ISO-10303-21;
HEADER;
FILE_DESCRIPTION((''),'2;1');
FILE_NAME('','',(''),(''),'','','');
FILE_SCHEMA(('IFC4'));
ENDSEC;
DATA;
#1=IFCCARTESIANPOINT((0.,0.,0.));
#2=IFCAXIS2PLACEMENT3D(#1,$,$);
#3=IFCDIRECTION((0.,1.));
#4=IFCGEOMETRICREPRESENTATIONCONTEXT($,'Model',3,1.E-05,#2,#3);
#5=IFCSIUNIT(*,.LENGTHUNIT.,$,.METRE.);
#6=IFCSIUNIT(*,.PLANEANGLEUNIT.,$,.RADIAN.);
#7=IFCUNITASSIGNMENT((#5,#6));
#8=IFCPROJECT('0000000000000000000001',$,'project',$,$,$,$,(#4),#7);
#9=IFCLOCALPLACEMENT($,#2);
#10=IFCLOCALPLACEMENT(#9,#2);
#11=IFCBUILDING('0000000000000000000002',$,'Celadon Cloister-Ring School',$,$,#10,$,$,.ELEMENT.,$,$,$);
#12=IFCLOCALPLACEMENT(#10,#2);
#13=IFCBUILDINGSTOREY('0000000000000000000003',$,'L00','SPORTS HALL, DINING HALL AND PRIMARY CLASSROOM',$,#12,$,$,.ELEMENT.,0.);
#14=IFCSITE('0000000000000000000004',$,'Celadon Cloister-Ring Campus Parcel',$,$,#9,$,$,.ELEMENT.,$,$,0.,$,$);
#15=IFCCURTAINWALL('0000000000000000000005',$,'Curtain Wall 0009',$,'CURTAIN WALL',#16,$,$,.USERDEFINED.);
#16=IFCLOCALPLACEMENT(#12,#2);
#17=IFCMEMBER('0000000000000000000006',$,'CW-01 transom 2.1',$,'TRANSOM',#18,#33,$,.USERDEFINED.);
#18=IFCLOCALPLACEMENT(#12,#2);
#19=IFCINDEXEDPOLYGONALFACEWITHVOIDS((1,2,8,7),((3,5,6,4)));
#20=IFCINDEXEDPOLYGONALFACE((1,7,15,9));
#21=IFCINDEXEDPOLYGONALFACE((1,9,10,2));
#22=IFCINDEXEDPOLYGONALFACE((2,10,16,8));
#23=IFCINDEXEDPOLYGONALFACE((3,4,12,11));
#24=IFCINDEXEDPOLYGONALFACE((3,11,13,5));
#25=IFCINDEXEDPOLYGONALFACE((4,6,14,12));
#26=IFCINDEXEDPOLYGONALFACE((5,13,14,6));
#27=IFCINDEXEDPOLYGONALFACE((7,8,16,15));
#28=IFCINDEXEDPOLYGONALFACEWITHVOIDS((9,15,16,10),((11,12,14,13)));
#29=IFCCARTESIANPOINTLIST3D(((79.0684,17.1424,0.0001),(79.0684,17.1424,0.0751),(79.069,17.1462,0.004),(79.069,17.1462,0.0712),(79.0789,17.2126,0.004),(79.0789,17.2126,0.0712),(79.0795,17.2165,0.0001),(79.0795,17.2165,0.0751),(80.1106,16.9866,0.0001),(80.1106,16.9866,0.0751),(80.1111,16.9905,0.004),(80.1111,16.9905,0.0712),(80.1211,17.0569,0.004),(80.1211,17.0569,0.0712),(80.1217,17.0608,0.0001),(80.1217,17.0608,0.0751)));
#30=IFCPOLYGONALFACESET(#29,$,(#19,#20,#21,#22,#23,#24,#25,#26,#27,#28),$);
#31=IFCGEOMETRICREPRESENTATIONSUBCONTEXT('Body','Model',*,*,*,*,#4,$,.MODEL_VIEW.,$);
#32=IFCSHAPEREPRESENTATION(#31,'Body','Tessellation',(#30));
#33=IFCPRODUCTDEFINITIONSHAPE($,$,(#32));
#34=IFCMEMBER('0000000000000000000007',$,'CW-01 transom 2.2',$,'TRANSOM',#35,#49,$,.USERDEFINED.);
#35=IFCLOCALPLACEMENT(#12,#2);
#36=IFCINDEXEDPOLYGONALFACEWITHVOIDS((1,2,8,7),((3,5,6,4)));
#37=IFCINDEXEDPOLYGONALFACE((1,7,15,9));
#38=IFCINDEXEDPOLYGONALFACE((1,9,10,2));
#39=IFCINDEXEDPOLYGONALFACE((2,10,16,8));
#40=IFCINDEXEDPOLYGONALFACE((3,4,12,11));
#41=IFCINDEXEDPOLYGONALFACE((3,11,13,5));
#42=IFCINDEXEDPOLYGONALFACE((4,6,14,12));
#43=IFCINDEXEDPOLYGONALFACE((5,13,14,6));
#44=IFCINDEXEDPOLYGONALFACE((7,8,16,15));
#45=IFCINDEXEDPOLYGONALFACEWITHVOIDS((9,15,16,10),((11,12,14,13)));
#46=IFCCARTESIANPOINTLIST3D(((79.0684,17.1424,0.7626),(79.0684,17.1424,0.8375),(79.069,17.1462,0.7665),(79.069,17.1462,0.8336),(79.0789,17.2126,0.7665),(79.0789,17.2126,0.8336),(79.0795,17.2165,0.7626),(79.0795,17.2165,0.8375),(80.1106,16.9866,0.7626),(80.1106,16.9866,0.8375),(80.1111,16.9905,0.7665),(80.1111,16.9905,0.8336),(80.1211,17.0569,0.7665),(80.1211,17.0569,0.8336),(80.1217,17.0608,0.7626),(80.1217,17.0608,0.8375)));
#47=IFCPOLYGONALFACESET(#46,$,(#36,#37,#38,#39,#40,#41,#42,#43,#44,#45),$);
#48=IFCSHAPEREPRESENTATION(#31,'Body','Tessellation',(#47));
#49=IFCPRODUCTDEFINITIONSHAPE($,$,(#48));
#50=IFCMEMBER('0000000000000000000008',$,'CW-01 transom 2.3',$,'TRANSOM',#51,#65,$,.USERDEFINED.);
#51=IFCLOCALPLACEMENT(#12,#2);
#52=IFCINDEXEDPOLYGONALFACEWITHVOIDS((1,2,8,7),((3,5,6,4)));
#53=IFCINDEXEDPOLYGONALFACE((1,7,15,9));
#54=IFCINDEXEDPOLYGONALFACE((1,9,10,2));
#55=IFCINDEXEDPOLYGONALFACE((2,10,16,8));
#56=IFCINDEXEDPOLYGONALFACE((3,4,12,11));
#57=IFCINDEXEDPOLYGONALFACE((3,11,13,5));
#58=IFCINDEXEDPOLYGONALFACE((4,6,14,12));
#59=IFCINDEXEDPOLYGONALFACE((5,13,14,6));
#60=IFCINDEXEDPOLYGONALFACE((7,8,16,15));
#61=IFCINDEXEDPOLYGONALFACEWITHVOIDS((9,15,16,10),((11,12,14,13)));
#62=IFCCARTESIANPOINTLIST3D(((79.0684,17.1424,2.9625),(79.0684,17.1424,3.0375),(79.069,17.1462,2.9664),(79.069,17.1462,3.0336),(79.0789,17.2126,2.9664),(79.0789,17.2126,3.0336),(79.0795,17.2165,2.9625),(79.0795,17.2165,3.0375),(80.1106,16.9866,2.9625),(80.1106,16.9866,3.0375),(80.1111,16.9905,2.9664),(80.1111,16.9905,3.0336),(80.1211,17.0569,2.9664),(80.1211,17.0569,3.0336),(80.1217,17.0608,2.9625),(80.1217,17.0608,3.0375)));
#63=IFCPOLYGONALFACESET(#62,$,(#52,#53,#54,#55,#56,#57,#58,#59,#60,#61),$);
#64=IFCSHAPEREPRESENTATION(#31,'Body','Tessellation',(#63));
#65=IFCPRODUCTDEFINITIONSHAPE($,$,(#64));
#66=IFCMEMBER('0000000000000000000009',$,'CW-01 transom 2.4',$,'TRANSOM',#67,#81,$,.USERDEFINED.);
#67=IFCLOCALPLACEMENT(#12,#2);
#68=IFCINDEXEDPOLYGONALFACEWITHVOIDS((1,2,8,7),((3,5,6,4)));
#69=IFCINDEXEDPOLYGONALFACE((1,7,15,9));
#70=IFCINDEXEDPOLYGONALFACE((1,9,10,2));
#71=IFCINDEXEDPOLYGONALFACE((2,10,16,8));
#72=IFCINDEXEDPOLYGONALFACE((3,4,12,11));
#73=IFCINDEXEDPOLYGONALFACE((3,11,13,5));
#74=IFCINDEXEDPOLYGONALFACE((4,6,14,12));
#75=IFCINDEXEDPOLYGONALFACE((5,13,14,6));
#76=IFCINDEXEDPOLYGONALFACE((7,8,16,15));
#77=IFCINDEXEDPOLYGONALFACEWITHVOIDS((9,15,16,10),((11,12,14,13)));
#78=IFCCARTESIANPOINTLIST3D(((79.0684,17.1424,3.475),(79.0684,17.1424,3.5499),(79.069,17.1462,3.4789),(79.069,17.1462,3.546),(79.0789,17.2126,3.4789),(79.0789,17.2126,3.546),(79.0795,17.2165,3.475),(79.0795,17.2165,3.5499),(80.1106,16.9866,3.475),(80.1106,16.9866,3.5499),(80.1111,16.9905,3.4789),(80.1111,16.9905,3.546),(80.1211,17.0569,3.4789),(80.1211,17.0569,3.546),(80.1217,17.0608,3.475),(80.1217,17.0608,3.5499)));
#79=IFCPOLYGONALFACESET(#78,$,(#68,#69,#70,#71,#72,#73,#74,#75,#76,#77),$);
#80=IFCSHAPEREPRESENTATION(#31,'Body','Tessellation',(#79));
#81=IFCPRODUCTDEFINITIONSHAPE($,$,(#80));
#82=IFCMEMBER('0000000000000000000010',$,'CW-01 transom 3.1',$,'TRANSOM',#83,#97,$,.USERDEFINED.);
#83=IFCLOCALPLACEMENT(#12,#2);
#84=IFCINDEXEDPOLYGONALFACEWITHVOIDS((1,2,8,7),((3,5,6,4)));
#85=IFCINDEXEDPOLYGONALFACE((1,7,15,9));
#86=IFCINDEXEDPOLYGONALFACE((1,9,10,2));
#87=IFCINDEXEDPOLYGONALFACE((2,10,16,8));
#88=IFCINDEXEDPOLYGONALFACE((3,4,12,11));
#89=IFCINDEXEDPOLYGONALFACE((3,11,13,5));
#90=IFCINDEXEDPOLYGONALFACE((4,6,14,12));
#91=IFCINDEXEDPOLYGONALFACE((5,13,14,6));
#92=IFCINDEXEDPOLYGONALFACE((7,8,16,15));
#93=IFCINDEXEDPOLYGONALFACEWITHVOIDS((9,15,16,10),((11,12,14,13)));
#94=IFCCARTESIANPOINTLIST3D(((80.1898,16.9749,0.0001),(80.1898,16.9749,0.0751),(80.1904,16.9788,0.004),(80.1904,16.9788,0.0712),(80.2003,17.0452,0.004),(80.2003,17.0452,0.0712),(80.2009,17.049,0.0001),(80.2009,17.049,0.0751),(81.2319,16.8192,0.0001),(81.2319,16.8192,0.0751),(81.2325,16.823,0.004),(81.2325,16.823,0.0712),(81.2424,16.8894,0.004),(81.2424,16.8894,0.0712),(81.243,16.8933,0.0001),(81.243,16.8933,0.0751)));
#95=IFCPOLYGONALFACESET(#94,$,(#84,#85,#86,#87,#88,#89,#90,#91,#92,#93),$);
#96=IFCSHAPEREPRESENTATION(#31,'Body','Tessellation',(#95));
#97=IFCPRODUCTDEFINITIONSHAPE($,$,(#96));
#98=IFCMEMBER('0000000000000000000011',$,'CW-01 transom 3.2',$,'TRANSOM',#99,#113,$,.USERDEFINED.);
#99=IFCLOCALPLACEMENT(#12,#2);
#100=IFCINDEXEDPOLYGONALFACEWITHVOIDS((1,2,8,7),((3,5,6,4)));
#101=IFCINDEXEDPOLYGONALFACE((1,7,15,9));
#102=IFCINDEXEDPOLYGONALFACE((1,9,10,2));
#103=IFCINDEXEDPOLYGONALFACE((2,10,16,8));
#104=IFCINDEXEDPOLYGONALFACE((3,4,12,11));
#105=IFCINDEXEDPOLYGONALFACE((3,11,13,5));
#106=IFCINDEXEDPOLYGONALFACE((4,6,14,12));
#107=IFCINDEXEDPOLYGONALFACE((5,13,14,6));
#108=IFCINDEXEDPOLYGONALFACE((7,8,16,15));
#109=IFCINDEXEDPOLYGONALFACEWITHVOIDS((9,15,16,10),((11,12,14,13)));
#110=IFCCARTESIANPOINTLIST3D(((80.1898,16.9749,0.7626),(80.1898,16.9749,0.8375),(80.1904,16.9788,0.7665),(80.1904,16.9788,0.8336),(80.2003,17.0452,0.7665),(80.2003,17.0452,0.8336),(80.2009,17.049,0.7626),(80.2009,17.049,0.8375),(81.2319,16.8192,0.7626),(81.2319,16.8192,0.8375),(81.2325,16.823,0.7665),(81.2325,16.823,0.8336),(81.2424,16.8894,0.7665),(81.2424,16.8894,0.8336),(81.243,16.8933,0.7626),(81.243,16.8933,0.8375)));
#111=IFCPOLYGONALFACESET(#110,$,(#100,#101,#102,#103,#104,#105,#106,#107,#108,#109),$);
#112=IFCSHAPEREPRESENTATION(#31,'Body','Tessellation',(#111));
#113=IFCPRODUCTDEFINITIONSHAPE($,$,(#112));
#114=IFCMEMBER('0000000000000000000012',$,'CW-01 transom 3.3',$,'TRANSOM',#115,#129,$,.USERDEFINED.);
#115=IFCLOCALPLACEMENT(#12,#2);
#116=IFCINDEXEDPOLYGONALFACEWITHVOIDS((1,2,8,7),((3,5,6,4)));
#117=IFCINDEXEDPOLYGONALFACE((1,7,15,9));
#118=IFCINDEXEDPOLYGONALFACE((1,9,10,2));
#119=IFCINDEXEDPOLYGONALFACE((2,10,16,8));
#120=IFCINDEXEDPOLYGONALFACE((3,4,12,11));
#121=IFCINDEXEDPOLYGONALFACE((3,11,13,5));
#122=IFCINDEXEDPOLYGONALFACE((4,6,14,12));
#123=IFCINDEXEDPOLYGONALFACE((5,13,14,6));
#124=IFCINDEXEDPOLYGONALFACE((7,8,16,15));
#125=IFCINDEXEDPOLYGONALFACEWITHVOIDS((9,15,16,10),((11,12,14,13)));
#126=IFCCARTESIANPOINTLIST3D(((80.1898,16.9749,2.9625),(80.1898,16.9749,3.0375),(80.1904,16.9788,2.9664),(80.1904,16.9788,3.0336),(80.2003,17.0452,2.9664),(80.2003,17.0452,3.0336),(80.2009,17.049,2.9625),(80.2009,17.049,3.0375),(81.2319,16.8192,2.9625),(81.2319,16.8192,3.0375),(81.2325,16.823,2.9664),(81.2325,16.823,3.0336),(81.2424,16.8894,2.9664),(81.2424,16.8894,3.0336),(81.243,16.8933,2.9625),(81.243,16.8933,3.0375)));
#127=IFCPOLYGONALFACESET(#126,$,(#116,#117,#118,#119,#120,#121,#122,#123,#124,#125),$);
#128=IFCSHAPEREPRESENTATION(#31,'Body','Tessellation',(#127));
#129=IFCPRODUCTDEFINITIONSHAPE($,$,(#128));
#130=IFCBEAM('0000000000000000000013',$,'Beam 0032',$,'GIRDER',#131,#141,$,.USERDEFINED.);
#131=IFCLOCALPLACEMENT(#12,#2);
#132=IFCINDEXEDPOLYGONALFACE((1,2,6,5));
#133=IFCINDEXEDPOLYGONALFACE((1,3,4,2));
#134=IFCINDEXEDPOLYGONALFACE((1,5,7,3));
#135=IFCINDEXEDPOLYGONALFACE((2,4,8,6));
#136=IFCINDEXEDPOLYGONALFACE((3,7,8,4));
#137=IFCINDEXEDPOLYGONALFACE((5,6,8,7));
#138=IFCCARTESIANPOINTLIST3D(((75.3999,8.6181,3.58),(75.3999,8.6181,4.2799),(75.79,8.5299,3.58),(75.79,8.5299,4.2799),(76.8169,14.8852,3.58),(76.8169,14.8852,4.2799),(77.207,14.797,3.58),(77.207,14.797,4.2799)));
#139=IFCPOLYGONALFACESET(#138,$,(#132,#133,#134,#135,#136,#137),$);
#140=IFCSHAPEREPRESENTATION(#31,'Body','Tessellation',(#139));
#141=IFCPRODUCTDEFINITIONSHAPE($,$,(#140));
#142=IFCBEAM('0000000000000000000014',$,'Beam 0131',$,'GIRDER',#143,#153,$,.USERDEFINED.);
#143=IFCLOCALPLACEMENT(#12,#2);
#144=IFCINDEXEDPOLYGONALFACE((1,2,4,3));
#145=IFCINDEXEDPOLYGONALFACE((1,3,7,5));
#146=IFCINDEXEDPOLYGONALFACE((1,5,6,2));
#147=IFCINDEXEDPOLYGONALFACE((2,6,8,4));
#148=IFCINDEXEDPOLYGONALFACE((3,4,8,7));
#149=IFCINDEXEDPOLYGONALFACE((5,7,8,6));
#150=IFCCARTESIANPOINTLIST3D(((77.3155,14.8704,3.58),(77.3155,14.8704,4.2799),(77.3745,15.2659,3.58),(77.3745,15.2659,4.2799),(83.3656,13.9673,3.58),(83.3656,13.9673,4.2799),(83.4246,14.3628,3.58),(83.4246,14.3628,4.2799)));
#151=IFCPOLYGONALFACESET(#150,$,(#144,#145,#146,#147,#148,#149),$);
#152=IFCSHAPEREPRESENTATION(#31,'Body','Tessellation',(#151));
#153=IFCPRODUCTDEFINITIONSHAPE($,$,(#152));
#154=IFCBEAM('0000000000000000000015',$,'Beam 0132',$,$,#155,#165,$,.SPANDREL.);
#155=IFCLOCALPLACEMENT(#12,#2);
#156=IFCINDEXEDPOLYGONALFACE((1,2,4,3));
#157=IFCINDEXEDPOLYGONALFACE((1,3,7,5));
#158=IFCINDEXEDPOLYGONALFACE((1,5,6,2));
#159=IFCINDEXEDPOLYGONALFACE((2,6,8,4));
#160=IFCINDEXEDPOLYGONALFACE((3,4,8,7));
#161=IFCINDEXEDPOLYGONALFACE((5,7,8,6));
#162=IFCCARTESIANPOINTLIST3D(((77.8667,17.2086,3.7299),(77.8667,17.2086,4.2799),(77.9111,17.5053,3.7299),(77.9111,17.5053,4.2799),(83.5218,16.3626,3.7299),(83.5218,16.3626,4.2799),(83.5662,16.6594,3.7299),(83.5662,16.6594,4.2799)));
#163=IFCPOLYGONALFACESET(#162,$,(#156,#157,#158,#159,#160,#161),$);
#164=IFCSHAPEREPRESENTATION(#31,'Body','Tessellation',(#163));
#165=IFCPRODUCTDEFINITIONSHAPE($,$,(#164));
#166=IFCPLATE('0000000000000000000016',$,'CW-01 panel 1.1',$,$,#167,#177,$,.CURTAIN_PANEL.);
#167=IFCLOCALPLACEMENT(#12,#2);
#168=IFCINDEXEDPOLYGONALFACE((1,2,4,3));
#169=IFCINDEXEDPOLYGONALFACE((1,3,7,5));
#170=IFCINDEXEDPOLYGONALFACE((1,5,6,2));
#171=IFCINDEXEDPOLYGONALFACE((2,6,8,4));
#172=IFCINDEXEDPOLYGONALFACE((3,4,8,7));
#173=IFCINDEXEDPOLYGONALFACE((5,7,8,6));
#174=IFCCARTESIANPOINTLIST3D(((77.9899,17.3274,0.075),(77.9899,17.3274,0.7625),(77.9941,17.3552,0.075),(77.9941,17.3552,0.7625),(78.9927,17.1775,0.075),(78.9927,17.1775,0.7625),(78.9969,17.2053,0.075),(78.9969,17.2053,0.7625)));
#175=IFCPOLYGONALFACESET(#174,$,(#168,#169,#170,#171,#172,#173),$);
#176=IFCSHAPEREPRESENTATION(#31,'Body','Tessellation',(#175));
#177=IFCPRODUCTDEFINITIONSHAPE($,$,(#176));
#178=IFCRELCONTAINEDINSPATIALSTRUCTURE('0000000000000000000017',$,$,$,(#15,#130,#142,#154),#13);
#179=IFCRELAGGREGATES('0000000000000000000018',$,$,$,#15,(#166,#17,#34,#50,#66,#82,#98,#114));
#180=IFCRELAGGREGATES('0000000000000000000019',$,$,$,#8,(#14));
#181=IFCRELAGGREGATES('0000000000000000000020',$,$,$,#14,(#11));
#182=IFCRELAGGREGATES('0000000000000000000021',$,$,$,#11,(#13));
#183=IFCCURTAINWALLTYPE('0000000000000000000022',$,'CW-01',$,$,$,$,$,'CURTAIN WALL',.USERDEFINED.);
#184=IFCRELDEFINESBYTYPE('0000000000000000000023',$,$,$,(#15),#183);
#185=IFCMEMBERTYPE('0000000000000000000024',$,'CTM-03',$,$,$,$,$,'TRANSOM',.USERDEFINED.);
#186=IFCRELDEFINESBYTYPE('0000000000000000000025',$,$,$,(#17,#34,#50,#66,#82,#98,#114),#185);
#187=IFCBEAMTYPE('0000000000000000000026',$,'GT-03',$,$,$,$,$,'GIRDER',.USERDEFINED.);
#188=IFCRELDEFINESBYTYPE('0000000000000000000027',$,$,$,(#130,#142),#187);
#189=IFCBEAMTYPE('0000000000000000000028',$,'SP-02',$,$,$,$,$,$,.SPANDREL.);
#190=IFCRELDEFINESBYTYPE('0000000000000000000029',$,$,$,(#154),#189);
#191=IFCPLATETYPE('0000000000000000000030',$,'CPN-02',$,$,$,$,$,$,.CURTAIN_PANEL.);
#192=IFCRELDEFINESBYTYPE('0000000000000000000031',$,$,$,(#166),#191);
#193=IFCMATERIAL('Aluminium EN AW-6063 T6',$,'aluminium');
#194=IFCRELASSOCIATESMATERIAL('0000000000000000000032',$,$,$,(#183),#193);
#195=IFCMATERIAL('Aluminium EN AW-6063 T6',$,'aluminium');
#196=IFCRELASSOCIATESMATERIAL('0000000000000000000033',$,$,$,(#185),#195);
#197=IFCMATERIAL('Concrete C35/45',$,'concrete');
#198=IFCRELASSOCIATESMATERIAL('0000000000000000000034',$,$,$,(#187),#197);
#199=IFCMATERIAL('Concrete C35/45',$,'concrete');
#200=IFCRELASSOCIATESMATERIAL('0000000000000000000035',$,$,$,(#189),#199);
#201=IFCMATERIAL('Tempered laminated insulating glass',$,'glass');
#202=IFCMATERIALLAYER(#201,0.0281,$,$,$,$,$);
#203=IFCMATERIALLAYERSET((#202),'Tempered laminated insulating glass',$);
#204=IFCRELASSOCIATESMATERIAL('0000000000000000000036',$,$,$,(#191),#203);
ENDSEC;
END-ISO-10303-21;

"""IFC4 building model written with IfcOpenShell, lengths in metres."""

from ifc_helpers import new_model, si_unit, direction, frame, origin, origin_2d, place, context, subcontext, project, spatial, rectangle, hollow_rectangle, extrude, material, layer, layer_set, material_profile, profile_set, type_object, element, aggregate, save


model = new_model("IFC4")

# Units and contexts
model_context = context("Model", 3, precision=1e-05, world=origin(), true_north=direction((0.0, 1.0)))
body_context = subcontext(model_context, "Body", "Model", "MODEL_VIEW")
ifc_project = project(units=[si_unit("LENGTHUNIT", "METRE"), si_unit("PLANEANGLEUNIT", "RADIAN")], contexts=[model_context])

# Site, building, storey
site_placement = place(None, origin())
site = spatial("IfcSite", under=ifc_project, at=site_placement, Name="Celadon Cloister-Ring Campus Parcel", CompositionType="ELEMENT", RefElevation=0.0)
building_placement = place(site_placement, origin())
building = spatial("IfcBuilding", under=site, at=building_placement, Name="Celadon Cloister-Ring School", CompositionType="ELEMENT")
storey_placement = place(building_placement, origin())
storey = spatial("IfcBuildingStorey", under=building, at=storey_placement, Name="L00", Description="SPORTS HALL, DINING HALL AND PRIMARY CLASSROOM", CompositionType="ELEMENT", Elevation=0.0)

# Curtain wall, members
ifc_material_1 = material(Name="Aluminium EN AW-6063 T6", Category="aluminium")
curtain_wall_type = type_object("IfcCurtainWallType", Name="CW-01", ElementType="CURTAIN WALL", PredefinedType="USERDEFINED", material=ifc_material_1)
curtain_wall_placement = place(storey_placement, origin())
curtain_wall = element("IfcCurtainWall", 1, at=curtain_wall_placement, inside=storey, type_object=curtain_wall_type, Name="Curtain Wall 0009", ObjectType="CURTAIN WALL", PredefinedType="USERDEFINED")
ifc_material_2 = material(Name="Aluminium EN AW-6063 T6", Category="aluminium")
ifc_material_profile_1 = material_profile(ifc_material_2, hollow_rectangle(XDim=0.075, YDim=0.075, WallThickness=0.0039, at=origin_2d()), Name="RHS75X75X4")
ifc_profile_set_1 = profile_set([ifc_material_profile_1], Name="Aluminium EN AW-6063 T6")
member_type_1 = type_object("IfcMemberType", Name="CTM-03", ElementType="TRANSOM", PredefinedType="USERDEFINED", material=ifc_profile_set_1)
member_1_placement = place(storey_placement, frame((79.074, 17.1794, 0.0376), z_axis=(0.989016, -0.147808, 0.0), x_axis=(0.147808, 0.989016, 0.0)))
member_1 = element("IfcMember", 2, at=member_1_placement, type_object=member_type_1, Name="CW-01 transom 2.1", ObjectType="TRANSOM", PredefinedType="USERDEFINED", context=body_context, shape_type="SweptSolid", body=[
    extrude(hollow_rectangle(XDim=0.075, YDim=0.075, WallThickness=0.0039, at=origin_2d()), origin(), (0.0, 0.0, 1.0), 1.0537),
])
member_2_placement = place(storey_placement, frame((79.074, 17.1794, 0.8), z_axis=(0.989016, -0.147808, 0.0), x_axis=(0.147808, 0.989016, 0.0)))
member_2 = element("IfcMember", 3, at=member_2_placement, type_object=member_type_1, Name="CW-01 transom 2.2", ObjectType="TRANSOM", PredefinedType="USERDEFINED", context=body_context, shape_type="SweptSolid", body=[
    extrude(hollow_rectangle(XDim=0.075, YDim=0.075, WallThickness=0.0039, at=origin_2d()), origin(), (0.0, 0.0, 1.0), 1.0537),
])
member_3_placement = place(storey_placement, frame((79.074, 17.1794, 3.0), z_axis=(0.989016, -0.147808, 0.0), x_axis=(0.147808, 0.989016, 0.0)))
member_3 = element("IfcMember", 4, at=member_3_placement, type_object=member_type_1, Name="CW-01 transom 2.3", ObjectType="TRANSOM", PredefinedType="USERDEFINED", context=body_context, shape_type="SweptSolid", body=[
    extrude(hollow_rectangle(XDim=0.075, YDim=0.075, WallThickness=0.0039, at=origin_2d()), origin(), (0.0, 0.0, 1.0), 1.0537),
])
member_4_placement = place(storey_placement, frame((79.074, 17.1794, 3.5125), z_axis=(0.989016, -0.147808, 0.0), x_axis=(0.147808, 0.989016, 0.0)))
member_4 = element("IfcMember", 5, at=member_4_placement, type_object=member_type_1, Name="CW-01 transom 2.4", ObjectType="TRANSOM", PredefinedType="USERDEFINED", context=body_context, shape_type="SweptSolid", body=[
    extrude(hollow_rectangle(XDim=0.075, YDim=0.075, WallThickness=0.0039, at=origin_2d()), origin(), (0.0, 0.0, 1.0), 1.0537),
])
member_5_placement = place(storey_placement, frame((80.1953, 17.012, 0.0376), z_axis=(0.989016, -0.147808, 0.0), x_axis=(0.147808, 0.989016, 0.0)))
member_5 = element("IfcMember", 6, at=member_5_placement, type_object=member_type_1, Name="CW-01 transom 3.1", ObjectType="TRANSOM", PredefinedType="USERDEFINED", context=body_context, shape_type="SweptSolid", body=[
    extrude(hollow_rectangle(XDim=0.075, YDim=0.075, WallThickness=0.0039, at=origin_2d()), origin(), (0.0, 0.0, 1.0), 1.0537),
])
member_6_placement = place(storey_placement, frame((80.1953, 17.012, 0.8), z_axis=(0.989016, -0.147808, 0.0), x_axis=(0.147808, 0.989016, 0.0)))
member_6 = element("IfcMember", 7, at=member_6_placement, type_object=member_type_1, Name="CW-01 transom 3.2", ObjectType="TRANSOM", PredefinedType="USERDEFINED", context=body_context, shape_type="SweptSolid", body=[
    extrude(hollow_rectangle(XDim=0.075, YDim=0.075, WallThickness=0.0039, at=origin_2d()), origin(), (0.0, 0.0, 1.0), 1.0537),
])
member_7_placement = place(storey_placement, frame((80.1953, 17.012, 3.0), z_axis=(0.989016, -0.147808, 0.0), x_axis=(0.147808, 0.989016, 0.0)))
member_7 = element("IfcMember", 8, at=member_7_placement, type_object=member_type_1, Name="CW-01 transom 3.3", ObjectType="TRANSOM", PredefinedType="USERDEFINED", context=body_context, shape_type="SweptSolid", body=[
    extrude(hollow_rectangle(XDim=0.075, YDim=0.075, WallThickness=0.0039, at=origin_2d()), origin(), (0.0, 0.0, 1.0), 1.0537),
])

# Beams
ifc_material_3 = material(Name="Concrete C35/45", Category="concrete")
ifc_material_profile_2 = material_profile(ifc_material_3, rectangle(XDim=0.3999, YDim=0.7, at=origin_2d()), Name="RC400X700")
ifc_profile_set_2 = profile_set([ifc_material_profile_2], Name="Concrete C35/45")
beam_type_1 = type_object("IfcBeamType", Name="GT-03", ElementType="GIRDER", PredefinedType="USERDEFINED", material=ifc_profile_set_2)
beam_1_placement = place(storey_placement, frame((75.595, 8.574, 3.9299), z_axis=(0.220534, 0.975379, 0.0), x_axis=(-0.975379, 0.220534, 0.0)))
element("IfcBeam", 9, at=beam_1_placement, inside=storey, type_object=beam_type_1, Name="Beam 0032", ObjectType="GIRDER", PredefinedType="USERDEFINED", context=body_context, shape_type="SweptSolid", body=[
    extrude(rectangle(XDim=0.3999, YDim=0.7, at=origin_2d()), origin(), (0.0, 0.0, 1.0), 6.4253),
])
beam_2_placement = place(storey_placement, frame((77.345, 15.0681, 3.9299), z_axis=(0.989042, -0.147632, 0.0), x_axis=(0.147632, 0.989042, 0.0)))
element("IfcBeam", 10, at=beam_2_placement, inside=storey, type_object=beam_type_1, Name="Beam 0131", ObjectType="GIRDER", PredefinedType="USERDEFINED", context=body_context, shape_type="SweptSolid", body=[
    extrude(rectangle(XDim=0.3999, YDim=0.7, at=origin_2d()), origin(), (0.0, 0.0, 1.0), 6.1172),
])
ifc_material_4 = material(Name="Concrete C35/45", Category="concrete")
ifc_material_profile_3 = material_profile(ifc_material_4, rectangle(XDim=0.3, YDim=0.55, at=origin_2d()), Name="RC300X550")
ifc_profile_set_3 = profile_set([ifc_material_profile_3], Name="Concrete C35/45")
beam_type_2 = type_object("IfcBeamType", Name="SP-02", PredefinedType="SPANDREL", material=ifc_profile_set_3)
beam_3_placement = place(storey_placement, frame((77.8889, 17.3569, 4.0049), z_axis=(0.988995, -0.147946, 0.0), x_axis=(0.147946, 0.988995, 0.0)))
element("IfcBeam", 11, at=beam_3_placement, inside=storey, type_object=beam_type_2, Name="Beam 0132", PredefinedType="SPANDREL", context=body_context, shape_type="SweptSolid", body=[
    extrude(rectangle(XDim=0.3, YDim=0.55, at=origin_2d()), origin(), (0.0, 0.0, 1.0), 5.718),
])

# Plate
ifc_material_5 = material(Name="Tempered laminated insulating glass", Category="glass")
ifc_layer_1 = layer(ifc_material_5, 0.0281)
ifc_layer_set_1 = layer_set([ifc_layer_1], Name="Tempered laminated insulating glass")
plate_type = type_object("IfcPlateType", Name="CPN-02", PredefinedType="CURTAIN_PANEL", material=ifc_layer_set_1)
plate_1_placement = place(storey_placement, frame((78.4934, 17.2664, 0.075), z_axis=(0.0, 0.0, 1.0), x_axis=(0.989015, -0.147814, 0.0)))
plate_1 = element("IfcPlate", 12, at=plate_1_placement, type_object=plate_type, Name="CW-01 panel 1.1", PredefinedType="CURTAIN_PANEL", context=body_context, shape_type="SweptSolid", body=[
    extrude(rectangle(XDim=1.0139, YDim=0.0281, at=origin_2d()), origin(), (0.0, 0.0, 1.0), 0.6875),
])
aggregate(curtain_wall, [plate_1, member_1, member_2, member_3, member_4, member_5, member_6, member_7])

save(model, "model.ifc")
